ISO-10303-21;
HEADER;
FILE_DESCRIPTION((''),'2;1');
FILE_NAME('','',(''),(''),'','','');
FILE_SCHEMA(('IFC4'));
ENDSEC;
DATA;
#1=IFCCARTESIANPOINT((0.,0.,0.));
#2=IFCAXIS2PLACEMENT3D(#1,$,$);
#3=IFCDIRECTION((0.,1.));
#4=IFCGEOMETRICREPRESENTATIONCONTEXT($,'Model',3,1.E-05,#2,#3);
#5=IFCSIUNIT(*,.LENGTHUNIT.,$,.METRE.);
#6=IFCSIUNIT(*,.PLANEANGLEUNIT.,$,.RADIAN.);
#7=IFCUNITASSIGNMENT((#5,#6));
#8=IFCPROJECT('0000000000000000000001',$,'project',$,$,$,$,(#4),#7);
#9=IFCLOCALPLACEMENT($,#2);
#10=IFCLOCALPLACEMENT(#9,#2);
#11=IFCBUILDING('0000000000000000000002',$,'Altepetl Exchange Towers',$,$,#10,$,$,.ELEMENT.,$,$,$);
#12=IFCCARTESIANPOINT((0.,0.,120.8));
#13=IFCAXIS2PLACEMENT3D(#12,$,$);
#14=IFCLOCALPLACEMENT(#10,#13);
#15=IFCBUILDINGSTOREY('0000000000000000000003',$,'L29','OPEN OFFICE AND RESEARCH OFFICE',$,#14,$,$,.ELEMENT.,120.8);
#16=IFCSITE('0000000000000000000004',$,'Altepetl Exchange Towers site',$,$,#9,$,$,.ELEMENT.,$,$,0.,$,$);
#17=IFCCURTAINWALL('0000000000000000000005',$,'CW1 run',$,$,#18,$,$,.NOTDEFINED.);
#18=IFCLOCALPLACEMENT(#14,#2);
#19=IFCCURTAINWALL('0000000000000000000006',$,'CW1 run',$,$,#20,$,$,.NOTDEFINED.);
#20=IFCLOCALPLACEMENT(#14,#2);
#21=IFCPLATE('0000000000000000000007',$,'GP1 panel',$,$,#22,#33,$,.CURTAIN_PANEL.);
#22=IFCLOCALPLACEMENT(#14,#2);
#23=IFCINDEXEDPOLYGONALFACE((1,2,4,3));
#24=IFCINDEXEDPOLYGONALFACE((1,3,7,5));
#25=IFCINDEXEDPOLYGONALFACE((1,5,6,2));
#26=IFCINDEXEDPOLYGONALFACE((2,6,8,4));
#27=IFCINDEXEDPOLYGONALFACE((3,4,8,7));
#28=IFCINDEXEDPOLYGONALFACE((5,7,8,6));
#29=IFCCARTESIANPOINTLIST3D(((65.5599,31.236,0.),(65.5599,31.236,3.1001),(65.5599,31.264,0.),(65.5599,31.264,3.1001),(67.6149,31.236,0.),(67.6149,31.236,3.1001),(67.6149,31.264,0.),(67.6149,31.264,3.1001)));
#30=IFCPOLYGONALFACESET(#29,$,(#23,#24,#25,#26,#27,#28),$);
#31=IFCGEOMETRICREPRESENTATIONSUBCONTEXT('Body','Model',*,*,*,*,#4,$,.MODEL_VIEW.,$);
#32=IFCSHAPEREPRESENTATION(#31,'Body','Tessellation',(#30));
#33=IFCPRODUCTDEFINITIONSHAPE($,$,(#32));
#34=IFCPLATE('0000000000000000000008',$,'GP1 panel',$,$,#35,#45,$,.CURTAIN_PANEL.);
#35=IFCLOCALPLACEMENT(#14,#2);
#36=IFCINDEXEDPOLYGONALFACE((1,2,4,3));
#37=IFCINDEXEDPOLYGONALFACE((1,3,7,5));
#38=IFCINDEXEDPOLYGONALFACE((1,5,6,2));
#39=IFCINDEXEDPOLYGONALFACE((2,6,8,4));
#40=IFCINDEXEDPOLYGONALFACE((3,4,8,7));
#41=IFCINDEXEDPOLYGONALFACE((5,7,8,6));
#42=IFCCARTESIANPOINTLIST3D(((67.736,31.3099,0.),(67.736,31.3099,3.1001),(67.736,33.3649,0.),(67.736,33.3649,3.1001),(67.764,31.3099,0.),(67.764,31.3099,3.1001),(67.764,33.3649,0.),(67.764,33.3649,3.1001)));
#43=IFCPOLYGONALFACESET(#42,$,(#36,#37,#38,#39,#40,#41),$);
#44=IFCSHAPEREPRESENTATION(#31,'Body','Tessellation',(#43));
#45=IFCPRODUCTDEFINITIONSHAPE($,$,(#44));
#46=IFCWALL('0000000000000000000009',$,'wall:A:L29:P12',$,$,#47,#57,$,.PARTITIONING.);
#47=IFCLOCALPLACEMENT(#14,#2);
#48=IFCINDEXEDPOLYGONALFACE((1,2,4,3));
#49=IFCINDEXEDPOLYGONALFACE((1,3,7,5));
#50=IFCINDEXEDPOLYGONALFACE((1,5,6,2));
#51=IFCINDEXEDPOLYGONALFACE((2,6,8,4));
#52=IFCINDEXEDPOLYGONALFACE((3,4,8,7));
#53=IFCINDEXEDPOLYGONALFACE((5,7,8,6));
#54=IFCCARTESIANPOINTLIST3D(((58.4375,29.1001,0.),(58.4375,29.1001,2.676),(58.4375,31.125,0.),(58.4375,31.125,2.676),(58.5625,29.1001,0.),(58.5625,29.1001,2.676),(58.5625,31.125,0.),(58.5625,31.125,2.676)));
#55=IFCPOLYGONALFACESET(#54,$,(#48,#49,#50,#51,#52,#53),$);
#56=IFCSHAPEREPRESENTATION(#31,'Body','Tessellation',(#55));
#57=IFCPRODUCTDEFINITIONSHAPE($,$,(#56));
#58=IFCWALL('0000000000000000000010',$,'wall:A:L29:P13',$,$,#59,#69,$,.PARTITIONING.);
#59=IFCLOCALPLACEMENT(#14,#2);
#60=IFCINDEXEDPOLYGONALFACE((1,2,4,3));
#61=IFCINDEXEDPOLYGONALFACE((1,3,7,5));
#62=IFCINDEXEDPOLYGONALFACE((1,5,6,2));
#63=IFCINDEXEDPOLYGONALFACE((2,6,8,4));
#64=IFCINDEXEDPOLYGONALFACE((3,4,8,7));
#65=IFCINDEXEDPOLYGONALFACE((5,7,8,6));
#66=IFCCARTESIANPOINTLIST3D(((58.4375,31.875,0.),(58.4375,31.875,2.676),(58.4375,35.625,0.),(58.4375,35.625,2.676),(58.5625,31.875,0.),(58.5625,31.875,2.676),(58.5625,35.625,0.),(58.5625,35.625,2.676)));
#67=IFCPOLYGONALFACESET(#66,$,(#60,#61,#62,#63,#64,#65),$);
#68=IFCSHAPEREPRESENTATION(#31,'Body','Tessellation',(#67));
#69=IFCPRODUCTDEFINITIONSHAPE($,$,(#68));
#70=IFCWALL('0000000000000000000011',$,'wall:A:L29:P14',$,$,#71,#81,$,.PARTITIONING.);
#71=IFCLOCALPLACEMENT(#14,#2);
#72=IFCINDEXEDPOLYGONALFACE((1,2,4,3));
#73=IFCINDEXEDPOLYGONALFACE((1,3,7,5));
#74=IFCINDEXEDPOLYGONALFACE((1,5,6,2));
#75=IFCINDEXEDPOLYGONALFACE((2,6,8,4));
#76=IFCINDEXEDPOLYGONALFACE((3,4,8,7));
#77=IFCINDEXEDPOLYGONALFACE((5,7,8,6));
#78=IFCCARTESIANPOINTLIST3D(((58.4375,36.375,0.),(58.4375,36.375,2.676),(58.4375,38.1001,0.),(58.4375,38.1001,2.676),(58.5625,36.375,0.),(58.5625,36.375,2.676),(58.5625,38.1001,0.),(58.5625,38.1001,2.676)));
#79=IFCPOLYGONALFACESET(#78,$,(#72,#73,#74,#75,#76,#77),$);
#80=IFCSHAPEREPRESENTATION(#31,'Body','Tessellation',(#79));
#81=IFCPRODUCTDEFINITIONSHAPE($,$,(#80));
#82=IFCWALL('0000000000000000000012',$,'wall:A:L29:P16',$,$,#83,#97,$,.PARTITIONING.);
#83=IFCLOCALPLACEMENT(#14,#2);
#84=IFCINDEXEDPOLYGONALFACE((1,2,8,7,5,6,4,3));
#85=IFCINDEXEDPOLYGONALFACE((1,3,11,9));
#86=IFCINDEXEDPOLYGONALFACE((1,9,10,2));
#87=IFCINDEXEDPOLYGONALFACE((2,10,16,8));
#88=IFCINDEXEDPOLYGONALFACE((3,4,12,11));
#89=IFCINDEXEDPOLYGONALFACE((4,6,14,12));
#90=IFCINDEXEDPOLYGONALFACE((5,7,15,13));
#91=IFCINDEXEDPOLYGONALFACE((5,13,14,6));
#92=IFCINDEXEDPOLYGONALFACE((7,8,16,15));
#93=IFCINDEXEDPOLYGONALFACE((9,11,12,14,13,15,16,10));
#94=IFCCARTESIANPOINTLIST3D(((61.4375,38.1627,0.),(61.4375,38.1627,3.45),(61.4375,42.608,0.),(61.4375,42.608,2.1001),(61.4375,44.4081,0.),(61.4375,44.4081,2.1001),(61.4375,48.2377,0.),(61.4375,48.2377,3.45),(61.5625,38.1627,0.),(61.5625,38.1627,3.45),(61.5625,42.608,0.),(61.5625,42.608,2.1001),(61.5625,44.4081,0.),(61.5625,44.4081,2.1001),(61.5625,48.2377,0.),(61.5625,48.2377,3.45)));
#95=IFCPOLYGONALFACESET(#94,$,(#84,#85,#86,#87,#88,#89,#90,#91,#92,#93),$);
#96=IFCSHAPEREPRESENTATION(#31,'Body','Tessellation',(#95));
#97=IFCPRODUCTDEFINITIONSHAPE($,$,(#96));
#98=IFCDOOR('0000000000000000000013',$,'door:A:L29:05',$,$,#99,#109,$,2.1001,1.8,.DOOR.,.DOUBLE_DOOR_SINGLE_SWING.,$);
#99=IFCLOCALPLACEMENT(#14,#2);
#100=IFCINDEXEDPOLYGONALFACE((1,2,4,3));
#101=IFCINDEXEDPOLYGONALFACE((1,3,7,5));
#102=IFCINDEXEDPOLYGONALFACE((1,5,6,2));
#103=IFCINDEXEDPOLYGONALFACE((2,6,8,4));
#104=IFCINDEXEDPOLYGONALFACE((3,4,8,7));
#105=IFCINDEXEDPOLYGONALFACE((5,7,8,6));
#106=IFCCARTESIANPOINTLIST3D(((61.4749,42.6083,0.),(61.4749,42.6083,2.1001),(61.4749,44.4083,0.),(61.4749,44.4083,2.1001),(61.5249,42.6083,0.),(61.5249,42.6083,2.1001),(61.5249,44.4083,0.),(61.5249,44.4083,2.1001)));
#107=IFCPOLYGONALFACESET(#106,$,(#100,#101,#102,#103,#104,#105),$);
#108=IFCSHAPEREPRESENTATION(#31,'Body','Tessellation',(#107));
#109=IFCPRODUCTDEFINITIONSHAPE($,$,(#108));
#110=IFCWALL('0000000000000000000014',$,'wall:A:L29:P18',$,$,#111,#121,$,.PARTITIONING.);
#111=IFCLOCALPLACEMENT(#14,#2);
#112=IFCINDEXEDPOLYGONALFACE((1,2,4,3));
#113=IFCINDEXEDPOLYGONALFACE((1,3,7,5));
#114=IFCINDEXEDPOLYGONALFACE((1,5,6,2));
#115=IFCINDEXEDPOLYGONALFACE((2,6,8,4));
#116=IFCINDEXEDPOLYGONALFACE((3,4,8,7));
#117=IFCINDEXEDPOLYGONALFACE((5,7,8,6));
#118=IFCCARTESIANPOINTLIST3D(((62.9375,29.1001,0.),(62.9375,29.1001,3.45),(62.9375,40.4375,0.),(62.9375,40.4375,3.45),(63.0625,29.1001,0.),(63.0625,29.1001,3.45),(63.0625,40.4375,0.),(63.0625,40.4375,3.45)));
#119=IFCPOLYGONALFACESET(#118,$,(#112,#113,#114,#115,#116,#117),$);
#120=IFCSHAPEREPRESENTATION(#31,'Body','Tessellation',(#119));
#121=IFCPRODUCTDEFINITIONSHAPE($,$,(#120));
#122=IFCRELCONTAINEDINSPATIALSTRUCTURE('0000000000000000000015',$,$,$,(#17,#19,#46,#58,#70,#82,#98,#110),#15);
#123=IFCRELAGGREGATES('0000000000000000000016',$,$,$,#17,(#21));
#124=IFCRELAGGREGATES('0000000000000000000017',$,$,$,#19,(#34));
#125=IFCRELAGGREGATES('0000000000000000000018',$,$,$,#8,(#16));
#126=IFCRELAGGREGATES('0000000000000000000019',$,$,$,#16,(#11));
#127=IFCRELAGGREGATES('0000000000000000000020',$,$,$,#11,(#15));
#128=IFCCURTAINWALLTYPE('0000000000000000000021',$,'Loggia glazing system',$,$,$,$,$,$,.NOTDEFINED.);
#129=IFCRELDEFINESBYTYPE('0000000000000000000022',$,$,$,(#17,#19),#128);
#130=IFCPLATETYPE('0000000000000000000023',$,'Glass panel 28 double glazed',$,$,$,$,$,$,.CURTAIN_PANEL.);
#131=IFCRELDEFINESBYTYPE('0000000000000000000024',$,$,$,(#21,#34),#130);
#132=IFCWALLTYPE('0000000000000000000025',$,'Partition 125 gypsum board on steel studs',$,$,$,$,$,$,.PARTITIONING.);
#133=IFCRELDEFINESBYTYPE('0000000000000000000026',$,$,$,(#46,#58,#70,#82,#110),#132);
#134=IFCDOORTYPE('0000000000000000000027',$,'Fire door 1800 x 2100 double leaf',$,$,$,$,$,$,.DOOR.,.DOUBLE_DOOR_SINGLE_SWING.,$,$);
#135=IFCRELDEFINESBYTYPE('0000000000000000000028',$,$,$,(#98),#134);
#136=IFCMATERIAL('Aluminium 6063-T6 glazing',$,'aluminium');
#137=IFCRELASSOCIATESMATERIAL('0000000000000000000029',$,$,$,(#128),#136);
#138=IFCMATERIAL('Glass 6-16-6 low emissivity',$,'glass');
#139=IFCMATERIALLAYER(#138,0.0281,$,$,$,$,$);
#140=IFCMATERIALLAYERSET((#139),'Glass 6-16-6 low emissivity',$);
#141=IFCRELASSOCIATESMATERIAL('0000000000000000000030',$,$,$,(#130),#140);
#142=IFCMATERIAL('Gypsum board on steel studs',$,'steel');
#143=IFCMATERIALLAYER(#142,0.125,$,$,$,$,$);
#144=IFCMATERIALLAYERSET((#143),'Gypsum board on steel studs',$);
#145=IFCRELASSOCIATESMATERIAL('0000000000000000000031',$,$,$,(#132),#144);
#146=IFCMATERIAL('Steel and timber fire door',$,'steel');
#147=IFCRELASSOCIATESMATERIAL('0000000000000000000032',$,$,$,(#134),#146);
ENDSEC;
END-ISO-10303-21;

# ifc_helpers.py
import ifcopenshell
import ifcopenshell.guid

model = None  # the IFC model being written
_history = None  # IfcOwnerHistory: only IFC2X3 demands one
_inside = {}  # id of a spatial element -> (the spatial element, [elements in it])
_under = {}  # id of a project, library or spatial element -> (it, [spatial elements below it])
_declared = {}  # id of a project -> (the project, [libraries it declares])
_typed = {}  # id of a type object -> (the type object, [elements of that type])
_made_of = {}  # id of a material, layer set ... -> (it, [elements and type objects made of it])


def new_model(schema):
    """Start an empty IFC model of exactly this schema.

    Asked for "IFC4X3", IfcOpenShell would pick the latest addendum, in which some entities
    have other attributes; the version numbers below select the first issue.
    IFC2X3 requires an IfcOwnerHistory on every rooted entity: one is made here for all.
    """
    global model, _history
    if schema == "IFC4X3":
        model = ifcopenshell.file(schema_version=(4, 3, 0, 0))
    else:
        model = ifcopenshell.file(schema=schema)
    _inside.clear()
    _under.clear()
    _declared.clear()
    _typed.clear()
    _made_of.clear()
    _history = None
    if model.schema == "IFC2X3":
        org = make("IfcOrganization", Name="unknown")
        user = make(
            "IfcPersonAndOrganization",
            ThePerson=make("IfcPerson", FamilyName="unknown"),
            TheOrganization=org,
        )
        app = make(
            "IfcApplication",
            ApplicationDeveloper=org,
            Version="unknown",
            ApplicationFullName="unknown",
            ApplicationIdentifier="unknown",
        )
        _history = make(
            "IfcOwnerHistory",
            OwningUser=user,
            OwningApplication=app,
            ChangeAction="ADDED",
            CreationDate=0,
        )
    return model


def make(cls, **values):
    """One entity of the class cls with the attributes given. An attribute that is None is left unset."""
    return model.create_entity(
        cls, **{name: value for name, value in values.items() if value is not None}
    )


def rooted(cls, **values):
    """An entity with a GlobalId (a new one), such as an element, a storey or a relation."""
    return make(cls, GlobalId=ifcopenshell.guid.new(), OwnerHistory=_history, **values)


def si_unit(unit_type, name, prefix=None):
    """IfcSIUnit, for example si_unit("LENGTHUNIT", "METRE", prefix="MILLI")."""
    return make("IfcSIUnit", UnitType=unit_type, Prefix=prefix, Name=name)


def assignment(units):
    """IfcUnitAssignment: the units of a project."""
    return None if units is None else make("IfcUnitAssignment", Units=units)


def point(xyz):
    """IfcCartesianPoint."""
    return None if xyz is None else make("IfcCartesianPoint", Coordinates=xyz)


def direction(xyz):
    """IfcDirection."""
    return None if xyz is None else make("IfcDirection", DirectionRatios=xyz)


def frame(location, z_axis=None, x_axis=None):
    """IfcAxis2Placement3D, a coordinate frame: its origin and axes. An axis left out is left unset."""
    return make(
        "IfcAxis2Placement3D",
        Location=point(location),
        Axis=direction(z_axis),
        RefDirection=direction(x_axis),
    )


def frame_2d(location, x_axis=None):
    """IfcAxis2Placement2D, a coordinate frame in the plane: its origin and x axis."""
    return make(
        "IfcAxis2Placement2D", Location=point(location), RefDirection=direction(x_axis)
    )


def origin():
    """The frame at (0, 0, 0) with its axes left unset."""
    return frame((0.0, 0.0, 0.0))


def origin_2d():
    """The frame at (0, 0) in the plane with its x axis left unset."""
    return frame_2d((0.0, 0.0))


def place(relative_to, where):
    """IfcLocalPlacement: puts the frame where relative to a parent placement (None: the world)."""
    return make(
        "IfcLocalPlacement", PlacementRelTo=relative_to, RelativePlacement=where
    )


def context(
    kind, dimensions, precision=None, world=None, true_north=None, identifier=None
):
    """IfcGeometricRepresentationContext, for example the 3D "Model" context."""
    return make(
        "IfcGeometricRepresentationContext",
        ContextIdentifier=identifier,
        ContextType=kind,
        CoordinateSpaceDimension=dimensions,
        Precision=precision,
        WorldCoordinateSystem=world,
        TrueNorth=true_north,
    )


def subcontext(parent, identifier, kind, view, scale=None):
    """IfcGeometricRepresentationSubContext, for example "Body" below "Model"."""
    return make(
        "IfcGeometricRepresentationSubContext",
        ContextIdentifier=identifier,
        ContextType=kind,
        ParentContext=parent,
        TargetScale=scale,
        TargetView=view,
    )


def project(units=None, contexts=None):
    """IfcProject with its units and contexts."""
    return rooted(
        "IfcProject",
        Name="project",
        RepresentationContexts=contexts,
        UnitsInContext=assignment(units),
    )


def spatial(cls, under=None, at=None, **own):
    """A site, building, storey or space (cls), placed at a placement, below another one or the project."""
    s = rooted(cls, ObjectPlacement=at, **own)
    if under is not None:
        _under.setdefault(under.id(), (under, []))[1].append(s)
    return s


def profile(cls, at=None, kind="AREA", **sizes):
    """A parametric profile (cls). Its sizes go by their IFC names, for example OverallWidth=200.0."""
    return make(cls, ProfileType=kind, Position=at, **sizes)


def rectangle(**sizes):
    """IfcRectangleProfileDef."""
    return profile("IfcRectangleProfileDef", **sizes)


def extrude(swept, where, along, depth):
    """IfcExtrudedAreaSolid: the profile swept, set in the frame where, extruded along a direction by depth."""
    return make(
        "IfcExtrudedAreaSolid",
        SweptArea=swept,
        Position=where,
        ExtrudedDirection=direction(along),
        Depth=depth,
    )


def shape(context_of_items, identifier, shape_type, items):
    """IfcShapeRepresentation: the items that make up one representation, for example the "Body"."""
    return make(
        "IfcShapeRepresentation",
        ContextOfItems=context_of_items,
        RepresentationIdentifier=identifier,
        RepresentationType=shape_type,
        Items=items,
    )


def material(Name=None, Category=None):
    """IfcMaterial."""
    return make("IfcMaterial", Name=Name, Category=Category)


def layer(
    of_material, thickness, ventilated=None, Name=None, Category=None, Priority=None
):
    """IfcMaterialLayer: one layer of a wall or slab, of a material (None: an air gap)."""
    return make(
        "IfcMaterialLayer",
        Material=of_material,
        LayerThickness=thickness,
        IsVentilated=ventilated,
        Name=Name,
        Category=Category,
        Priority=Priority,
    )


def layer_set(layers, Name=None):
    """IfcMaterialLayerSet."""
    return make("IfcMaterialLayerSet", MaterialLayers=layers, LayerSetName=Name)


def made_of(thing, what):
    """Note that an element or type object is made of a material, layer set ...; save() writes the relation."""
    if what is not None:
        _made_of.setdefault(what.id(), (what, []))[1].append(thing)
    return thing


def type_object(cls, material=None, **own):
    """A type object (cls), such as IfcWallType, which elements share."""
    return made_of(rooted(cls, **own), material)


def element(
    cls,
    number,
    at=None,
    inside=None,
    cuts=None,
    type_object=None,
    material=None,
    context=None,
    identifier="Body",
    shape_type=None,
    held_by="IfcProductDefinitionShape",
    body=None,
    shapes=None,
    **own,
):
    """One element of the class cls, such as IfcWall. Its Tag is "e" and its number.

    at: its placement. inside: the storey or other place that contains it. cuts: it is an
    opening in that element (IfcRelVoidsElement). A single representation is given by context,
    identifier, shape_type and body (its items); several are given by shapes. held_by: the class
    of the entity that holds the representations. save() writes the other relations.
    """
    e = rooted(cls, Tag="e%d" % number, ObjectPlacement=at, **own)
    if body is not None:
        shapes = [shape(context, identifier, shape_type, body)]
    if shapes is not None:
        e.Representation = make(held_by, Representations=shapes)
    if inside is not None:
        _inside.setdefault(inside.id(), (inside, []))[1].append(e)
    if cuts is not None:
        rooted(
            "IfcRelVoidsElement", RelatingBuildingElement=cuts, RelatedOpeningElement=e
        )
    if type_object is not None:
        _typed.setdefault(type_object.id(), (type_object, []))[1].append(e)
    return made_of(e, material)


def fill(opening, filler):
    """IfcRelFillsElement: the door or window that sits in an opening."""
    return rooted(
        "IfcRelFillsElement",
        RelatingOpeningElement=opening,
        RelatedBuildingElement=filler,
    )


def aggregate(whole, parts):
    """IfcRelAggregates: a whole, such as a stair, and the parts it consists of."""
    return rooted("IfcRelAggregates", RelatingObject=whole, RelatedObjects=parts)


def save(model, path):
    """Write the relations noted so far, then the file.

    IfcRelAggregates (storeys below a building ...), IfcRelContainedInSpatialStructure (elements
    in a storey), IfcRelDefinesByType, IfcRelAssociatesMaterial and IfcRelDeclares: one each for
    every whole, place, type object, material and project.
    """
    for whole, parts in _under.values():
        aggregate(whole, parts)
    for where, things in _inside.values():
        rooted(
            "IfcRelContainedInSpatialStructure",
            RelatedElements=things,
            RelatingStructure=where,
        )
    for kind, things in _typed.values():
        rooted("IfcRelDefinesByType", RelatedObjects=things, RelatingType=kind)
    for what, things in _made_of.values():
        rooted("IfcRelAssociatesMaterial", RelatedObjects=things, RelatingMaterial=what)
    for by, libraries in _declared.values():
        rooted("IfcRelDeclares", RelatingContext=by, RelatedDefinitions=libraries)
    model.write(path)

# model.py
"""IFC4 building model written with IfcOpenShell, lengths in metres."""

from ifc_helpers import new_model, si_unit, direction, frame, frame_2d, origin, origin_2d, place, context, subcontext, project, spatial, rectangle, extrude, material, layer, layer_set, type_object, element, fill, aggregate, save


model = new_model("IFC4")

# Units and contexts
model_context = context("Model", 3, precision=1e-05, world=origin(), true_north=direction((0.0, 1.0)))
body_context = subcontext(model_context, "Body", "Model", "MODEL_VIEW")
ifc_project = project(units=[si_unit("LENGTHUNIT", "METRE"), si_unit("PLANEANGLEUNIT", "RADIAN")], contexts=[model_context])

# Site, building, storey
site_placement = place(None, origin())
site = spatial("IfcSite", under=ifc_project, at=site_placement, Name="Altepetl Exchange Towers site", CompositionType="ELEMENT", RefElevation=0.0)
building_placement = place(site_placement, origin())
building = spatial("IfcBuilding", under=site, at=building_placement, Name="Altepetl Exchange Towers", CompositionType="ELEMENT")
storey_placement = place(building_placement, frame((0.0, 0.0, 120.8)))
storey = spatial("IfcBuildingStorey", under=building, at=storey_placement, Name="L29", Description="OPEN OFFICE AND RESEARCH OFFICE", CompositionType="ELEMENT", Elevation=120.8)

# Curtain walls
ifc_material_1 = material(Name="Aluminium 6063-T6 glazing", Category="aluminium")
curtain_wall_type = type_object("IfcCurtainWallType", Name="Loggia glazing system", PredefinedType="NOTDEFINED", material=ifc_material_1)
curtain_wall_1_placement = place(storey_placement, origin())
curtain_wall_1 = element("IfcCurtainWall", 1, at=curtain_wall_1_placement, inside=storey, type_object=curtain_wall_type, Name="CW1 run", PredefinedType="NOTDEFINED")
curtain_wall_2_placement = place(storey_placement, origin())
curtain_wall_2 = element("IfcCurtainWall", 2, at=curtain_wall_2_placement, inside=storey, type_object=curtain_wall_type, Name="CW1 run", PredefinedType="NOTDEFINED")

# Plates
ifc_material_2 = material(Name="Glass 6-16-6 low emissivity", Category="glass")
ifc_layer_1 = layer(ifc_material_2, 0.0281)
ifc_layer_set_1 = layer_set([ifc_layer_1], Name="Glass 6-16-6 low emissivity")
plate_type = type_object("IfcPlateType", Name="Glass panel 28 double glazed", PredefinedType="CURTAIN_PANEL", material=ifc_layer_set_1)
plate_1_placement = place(storey_placement, frame((66.5874, 31.25, 0.0)))
plate_1 = element("IfcPlate", 3, at=plate_1_placement, type_object=plate_type, Name="GP1 panel", PredefinedType="CURTAIN_PANEL", context=body_context, shape_type="SweptSolid", body=[
    extrude(rectangle(XDim=2.0549, YDim=0.0281, at=origin_2d()), origin(), (0.0, 0.0, 1.0), 3.1001),
])
aggregate(curtain_wall_1, [plate_1])
plate_2_placement = place(storey_placement, frame((67.75, 32.3374, 0.0), z_axis=(0.0, 0.0, 1.0), x_axis=(0.0, 1.0, 0.0)))
plate_2 = element("IfcPlate", 4, at=plate_2_placement, type_object=plate_type, Name="GP1 panel", PredefinedType="CURTAIN_PANEL", context=body_context, shape_type="SweptSolid", body=[
    extrude(rectangle(XDim=2.0549, YDim=0.0281, at=origin_2d()), origin(), (0.0, 0.0, 1.0), 3.1001),
])
aggregate(curtain_wall_2, [plate_2])

# Walls
ifc_material_3 = material(Name="Gypsum board on steel studs", Category="steel")
ifc_layer_2 = layer(ifc_material_3, 0.125)
ifc_layer_set_2 = layer_set([ifc_layer_2], Name="Gypsum board on steel studs")
wall_type = type_object("IfcWallType", Name="Partition 125 gypsum board on steel studs", PredefinedType="PARTITIONING", material=ifc_layer_set_2)
wall_1_placement = place(storey_placement, frame((58.5, 29.1001, 0.0), z_axis=(0.0, 0.0, 1.0), x_axis=(0.0, 1.0, 0.0)))
element("IfcWall", 5, at=wall_1_placement, inside=storey, type_object=wall_type, Name="wall:A:L29:P12", PredefinedType="PARTITIONING", context=body_context, shape_type="SweptSolid", body=[
    extrude(rectangle(XDim=2.0249, YDim=0.125, at=frame_2d((1.0125, 0.0))), origin(), (0.0, 0.0, 1.0), 2.676),
])
wall_2_placement = place(storey_placement, frame((58.5, 31.875, 0.0), z_axis=(0.0, 0.0, 1.0), x_axis=(0.0, 1.0, 0.0)))
element("IfcWall", 6, at=wall_2_placement, inside=storey, type_object=wall_type, Name="wall:A:L29:P13", PredefinedType="PARTITIONING", context=body_context, shape_type="SweptSolid", body=[
    extrude(rectangle(XDim=3.75, YDim=0.125, at=frame_2d((1.875, 0.0))), origin(), (0.0, 0.0, 1.0), 2.676),
])
wall_3_placement = place(storey_placement, frame((58.5, 36.375, 0.0), z_axis=(0.0, 0.0, 1.0), x_axis=(0.0, 1.0, 0.0)))
element("IfcWall", 7, at=wall_3_placement, inside=storey, type_object=wall_type, Name="wall:A:L29:P14", PredefinedType="PARTITIONING", context=body_context, shape_type="SweptSolid", body=[
    extrude(rectangle(XDim=1.7251, YDim=0.125, at=frame_2d((0.8625, 0.0))), origin(), (0.0, 0.0, 1.0), 2.676),
])

# Wall, opening, door
wall_4_placement = place(storey_placement, frame((61.5, 38.1626, 0.0), z_axis=(0.0, 0.0, 1.0), x_axis=(0.0, 1.0, 0.0)))
wall_4 = element("IfcWall", 8, at=wall_4_placement, inside=storey, type_object=wall_type, Name="wall:A:L29:P16", PredefinedType="PARTITIONING", context=body_context, shape_type="SweptSolid", body=[
    extrude(rectangle(XDim=10.075, YDim=0.125, at=frame_2d((5.0376, 0.0))), origin(), (0.0, 0.0, 1.0), 3.45),
])
opening_placement = place(wall_4_placement, frame((4.4456, 0.0, 0.0)))
opening = element("IfcOpeningElement", 9, at=opening_placement, cuts=wall_4, PredefinedType="OPENING", context=body_context, shape_type="SweptSolid", body=[
    extrude(rectangle(XDim=1.8, YDim=2.1001, at=frame_2d((0.8999, 1.05))), frame((0.0, 0.0725, 0.0), z_axis=(0.0, -1.0, 0.0), x_axis=(1.0, 0.0, 0.0)), (0.0, 0.0, 1.0), 0.145),
])
ifc_material_4 = material(Name="Steel and timber fire door", Category="steel")
door_type = type_object("IfcDoorType", Name="Fire door 1800 x 2100 double leaf", OperationType="DOUBLE_DOOR_SINGLE_SWING", PredefinedType="DOOR", material=ifc_material_4)
door_placement = place(opening_placement, frame((1.8, 0.0, 0.0), x_axis=(-1.0, 0.0, 0.0)))
door = element("IfcDoor", 10, at=door_placement, inside=storey, type_object=door_type, Name="door:A:L29:05", OperationType="DOUBLE_DOOR_SINGLE_SWING", OverallHeight=2.1001, OverallWidth=1.8, PredefinedType="DOOR", context=body_context, shape_type="SweptSolid", body=[
    extrude(rectangle(XDim=1.8, YDim=2.1001, at=frame_2d((0.8999, 1.05))), frame((0.0, 0.0249, 0.0), z_axis=(0.0, -1.0, 0.0), x_axis=(1.0, 0.0, 0.0)), (0.0, 0.0, 1.0), 0.05),
])
fill(opening, door)

# Wall
wall_5_placement = place(storey_placement, frame((63.0, 29.1001, 0.0), z_axis=(0.0, 0.0, 1.0), x_axis=(0.0, 1.0, 0.0)))
element("IfcWall", 11, at=wall_5_placement, inside=storey, type_object=wall_type, Name="wall:A:L29:P18", PredefinedType="PARTITIONING", context=body_context, shape_type="SweptSolid", body=[
    extrude(rectangle(XDim=11.3374, YDim=0.125, at=frame_2d((5.6687, 0.0))), origin(), (0.0, 0.0, 1.0), 3.45),
])

save(model, "model.ifc")
